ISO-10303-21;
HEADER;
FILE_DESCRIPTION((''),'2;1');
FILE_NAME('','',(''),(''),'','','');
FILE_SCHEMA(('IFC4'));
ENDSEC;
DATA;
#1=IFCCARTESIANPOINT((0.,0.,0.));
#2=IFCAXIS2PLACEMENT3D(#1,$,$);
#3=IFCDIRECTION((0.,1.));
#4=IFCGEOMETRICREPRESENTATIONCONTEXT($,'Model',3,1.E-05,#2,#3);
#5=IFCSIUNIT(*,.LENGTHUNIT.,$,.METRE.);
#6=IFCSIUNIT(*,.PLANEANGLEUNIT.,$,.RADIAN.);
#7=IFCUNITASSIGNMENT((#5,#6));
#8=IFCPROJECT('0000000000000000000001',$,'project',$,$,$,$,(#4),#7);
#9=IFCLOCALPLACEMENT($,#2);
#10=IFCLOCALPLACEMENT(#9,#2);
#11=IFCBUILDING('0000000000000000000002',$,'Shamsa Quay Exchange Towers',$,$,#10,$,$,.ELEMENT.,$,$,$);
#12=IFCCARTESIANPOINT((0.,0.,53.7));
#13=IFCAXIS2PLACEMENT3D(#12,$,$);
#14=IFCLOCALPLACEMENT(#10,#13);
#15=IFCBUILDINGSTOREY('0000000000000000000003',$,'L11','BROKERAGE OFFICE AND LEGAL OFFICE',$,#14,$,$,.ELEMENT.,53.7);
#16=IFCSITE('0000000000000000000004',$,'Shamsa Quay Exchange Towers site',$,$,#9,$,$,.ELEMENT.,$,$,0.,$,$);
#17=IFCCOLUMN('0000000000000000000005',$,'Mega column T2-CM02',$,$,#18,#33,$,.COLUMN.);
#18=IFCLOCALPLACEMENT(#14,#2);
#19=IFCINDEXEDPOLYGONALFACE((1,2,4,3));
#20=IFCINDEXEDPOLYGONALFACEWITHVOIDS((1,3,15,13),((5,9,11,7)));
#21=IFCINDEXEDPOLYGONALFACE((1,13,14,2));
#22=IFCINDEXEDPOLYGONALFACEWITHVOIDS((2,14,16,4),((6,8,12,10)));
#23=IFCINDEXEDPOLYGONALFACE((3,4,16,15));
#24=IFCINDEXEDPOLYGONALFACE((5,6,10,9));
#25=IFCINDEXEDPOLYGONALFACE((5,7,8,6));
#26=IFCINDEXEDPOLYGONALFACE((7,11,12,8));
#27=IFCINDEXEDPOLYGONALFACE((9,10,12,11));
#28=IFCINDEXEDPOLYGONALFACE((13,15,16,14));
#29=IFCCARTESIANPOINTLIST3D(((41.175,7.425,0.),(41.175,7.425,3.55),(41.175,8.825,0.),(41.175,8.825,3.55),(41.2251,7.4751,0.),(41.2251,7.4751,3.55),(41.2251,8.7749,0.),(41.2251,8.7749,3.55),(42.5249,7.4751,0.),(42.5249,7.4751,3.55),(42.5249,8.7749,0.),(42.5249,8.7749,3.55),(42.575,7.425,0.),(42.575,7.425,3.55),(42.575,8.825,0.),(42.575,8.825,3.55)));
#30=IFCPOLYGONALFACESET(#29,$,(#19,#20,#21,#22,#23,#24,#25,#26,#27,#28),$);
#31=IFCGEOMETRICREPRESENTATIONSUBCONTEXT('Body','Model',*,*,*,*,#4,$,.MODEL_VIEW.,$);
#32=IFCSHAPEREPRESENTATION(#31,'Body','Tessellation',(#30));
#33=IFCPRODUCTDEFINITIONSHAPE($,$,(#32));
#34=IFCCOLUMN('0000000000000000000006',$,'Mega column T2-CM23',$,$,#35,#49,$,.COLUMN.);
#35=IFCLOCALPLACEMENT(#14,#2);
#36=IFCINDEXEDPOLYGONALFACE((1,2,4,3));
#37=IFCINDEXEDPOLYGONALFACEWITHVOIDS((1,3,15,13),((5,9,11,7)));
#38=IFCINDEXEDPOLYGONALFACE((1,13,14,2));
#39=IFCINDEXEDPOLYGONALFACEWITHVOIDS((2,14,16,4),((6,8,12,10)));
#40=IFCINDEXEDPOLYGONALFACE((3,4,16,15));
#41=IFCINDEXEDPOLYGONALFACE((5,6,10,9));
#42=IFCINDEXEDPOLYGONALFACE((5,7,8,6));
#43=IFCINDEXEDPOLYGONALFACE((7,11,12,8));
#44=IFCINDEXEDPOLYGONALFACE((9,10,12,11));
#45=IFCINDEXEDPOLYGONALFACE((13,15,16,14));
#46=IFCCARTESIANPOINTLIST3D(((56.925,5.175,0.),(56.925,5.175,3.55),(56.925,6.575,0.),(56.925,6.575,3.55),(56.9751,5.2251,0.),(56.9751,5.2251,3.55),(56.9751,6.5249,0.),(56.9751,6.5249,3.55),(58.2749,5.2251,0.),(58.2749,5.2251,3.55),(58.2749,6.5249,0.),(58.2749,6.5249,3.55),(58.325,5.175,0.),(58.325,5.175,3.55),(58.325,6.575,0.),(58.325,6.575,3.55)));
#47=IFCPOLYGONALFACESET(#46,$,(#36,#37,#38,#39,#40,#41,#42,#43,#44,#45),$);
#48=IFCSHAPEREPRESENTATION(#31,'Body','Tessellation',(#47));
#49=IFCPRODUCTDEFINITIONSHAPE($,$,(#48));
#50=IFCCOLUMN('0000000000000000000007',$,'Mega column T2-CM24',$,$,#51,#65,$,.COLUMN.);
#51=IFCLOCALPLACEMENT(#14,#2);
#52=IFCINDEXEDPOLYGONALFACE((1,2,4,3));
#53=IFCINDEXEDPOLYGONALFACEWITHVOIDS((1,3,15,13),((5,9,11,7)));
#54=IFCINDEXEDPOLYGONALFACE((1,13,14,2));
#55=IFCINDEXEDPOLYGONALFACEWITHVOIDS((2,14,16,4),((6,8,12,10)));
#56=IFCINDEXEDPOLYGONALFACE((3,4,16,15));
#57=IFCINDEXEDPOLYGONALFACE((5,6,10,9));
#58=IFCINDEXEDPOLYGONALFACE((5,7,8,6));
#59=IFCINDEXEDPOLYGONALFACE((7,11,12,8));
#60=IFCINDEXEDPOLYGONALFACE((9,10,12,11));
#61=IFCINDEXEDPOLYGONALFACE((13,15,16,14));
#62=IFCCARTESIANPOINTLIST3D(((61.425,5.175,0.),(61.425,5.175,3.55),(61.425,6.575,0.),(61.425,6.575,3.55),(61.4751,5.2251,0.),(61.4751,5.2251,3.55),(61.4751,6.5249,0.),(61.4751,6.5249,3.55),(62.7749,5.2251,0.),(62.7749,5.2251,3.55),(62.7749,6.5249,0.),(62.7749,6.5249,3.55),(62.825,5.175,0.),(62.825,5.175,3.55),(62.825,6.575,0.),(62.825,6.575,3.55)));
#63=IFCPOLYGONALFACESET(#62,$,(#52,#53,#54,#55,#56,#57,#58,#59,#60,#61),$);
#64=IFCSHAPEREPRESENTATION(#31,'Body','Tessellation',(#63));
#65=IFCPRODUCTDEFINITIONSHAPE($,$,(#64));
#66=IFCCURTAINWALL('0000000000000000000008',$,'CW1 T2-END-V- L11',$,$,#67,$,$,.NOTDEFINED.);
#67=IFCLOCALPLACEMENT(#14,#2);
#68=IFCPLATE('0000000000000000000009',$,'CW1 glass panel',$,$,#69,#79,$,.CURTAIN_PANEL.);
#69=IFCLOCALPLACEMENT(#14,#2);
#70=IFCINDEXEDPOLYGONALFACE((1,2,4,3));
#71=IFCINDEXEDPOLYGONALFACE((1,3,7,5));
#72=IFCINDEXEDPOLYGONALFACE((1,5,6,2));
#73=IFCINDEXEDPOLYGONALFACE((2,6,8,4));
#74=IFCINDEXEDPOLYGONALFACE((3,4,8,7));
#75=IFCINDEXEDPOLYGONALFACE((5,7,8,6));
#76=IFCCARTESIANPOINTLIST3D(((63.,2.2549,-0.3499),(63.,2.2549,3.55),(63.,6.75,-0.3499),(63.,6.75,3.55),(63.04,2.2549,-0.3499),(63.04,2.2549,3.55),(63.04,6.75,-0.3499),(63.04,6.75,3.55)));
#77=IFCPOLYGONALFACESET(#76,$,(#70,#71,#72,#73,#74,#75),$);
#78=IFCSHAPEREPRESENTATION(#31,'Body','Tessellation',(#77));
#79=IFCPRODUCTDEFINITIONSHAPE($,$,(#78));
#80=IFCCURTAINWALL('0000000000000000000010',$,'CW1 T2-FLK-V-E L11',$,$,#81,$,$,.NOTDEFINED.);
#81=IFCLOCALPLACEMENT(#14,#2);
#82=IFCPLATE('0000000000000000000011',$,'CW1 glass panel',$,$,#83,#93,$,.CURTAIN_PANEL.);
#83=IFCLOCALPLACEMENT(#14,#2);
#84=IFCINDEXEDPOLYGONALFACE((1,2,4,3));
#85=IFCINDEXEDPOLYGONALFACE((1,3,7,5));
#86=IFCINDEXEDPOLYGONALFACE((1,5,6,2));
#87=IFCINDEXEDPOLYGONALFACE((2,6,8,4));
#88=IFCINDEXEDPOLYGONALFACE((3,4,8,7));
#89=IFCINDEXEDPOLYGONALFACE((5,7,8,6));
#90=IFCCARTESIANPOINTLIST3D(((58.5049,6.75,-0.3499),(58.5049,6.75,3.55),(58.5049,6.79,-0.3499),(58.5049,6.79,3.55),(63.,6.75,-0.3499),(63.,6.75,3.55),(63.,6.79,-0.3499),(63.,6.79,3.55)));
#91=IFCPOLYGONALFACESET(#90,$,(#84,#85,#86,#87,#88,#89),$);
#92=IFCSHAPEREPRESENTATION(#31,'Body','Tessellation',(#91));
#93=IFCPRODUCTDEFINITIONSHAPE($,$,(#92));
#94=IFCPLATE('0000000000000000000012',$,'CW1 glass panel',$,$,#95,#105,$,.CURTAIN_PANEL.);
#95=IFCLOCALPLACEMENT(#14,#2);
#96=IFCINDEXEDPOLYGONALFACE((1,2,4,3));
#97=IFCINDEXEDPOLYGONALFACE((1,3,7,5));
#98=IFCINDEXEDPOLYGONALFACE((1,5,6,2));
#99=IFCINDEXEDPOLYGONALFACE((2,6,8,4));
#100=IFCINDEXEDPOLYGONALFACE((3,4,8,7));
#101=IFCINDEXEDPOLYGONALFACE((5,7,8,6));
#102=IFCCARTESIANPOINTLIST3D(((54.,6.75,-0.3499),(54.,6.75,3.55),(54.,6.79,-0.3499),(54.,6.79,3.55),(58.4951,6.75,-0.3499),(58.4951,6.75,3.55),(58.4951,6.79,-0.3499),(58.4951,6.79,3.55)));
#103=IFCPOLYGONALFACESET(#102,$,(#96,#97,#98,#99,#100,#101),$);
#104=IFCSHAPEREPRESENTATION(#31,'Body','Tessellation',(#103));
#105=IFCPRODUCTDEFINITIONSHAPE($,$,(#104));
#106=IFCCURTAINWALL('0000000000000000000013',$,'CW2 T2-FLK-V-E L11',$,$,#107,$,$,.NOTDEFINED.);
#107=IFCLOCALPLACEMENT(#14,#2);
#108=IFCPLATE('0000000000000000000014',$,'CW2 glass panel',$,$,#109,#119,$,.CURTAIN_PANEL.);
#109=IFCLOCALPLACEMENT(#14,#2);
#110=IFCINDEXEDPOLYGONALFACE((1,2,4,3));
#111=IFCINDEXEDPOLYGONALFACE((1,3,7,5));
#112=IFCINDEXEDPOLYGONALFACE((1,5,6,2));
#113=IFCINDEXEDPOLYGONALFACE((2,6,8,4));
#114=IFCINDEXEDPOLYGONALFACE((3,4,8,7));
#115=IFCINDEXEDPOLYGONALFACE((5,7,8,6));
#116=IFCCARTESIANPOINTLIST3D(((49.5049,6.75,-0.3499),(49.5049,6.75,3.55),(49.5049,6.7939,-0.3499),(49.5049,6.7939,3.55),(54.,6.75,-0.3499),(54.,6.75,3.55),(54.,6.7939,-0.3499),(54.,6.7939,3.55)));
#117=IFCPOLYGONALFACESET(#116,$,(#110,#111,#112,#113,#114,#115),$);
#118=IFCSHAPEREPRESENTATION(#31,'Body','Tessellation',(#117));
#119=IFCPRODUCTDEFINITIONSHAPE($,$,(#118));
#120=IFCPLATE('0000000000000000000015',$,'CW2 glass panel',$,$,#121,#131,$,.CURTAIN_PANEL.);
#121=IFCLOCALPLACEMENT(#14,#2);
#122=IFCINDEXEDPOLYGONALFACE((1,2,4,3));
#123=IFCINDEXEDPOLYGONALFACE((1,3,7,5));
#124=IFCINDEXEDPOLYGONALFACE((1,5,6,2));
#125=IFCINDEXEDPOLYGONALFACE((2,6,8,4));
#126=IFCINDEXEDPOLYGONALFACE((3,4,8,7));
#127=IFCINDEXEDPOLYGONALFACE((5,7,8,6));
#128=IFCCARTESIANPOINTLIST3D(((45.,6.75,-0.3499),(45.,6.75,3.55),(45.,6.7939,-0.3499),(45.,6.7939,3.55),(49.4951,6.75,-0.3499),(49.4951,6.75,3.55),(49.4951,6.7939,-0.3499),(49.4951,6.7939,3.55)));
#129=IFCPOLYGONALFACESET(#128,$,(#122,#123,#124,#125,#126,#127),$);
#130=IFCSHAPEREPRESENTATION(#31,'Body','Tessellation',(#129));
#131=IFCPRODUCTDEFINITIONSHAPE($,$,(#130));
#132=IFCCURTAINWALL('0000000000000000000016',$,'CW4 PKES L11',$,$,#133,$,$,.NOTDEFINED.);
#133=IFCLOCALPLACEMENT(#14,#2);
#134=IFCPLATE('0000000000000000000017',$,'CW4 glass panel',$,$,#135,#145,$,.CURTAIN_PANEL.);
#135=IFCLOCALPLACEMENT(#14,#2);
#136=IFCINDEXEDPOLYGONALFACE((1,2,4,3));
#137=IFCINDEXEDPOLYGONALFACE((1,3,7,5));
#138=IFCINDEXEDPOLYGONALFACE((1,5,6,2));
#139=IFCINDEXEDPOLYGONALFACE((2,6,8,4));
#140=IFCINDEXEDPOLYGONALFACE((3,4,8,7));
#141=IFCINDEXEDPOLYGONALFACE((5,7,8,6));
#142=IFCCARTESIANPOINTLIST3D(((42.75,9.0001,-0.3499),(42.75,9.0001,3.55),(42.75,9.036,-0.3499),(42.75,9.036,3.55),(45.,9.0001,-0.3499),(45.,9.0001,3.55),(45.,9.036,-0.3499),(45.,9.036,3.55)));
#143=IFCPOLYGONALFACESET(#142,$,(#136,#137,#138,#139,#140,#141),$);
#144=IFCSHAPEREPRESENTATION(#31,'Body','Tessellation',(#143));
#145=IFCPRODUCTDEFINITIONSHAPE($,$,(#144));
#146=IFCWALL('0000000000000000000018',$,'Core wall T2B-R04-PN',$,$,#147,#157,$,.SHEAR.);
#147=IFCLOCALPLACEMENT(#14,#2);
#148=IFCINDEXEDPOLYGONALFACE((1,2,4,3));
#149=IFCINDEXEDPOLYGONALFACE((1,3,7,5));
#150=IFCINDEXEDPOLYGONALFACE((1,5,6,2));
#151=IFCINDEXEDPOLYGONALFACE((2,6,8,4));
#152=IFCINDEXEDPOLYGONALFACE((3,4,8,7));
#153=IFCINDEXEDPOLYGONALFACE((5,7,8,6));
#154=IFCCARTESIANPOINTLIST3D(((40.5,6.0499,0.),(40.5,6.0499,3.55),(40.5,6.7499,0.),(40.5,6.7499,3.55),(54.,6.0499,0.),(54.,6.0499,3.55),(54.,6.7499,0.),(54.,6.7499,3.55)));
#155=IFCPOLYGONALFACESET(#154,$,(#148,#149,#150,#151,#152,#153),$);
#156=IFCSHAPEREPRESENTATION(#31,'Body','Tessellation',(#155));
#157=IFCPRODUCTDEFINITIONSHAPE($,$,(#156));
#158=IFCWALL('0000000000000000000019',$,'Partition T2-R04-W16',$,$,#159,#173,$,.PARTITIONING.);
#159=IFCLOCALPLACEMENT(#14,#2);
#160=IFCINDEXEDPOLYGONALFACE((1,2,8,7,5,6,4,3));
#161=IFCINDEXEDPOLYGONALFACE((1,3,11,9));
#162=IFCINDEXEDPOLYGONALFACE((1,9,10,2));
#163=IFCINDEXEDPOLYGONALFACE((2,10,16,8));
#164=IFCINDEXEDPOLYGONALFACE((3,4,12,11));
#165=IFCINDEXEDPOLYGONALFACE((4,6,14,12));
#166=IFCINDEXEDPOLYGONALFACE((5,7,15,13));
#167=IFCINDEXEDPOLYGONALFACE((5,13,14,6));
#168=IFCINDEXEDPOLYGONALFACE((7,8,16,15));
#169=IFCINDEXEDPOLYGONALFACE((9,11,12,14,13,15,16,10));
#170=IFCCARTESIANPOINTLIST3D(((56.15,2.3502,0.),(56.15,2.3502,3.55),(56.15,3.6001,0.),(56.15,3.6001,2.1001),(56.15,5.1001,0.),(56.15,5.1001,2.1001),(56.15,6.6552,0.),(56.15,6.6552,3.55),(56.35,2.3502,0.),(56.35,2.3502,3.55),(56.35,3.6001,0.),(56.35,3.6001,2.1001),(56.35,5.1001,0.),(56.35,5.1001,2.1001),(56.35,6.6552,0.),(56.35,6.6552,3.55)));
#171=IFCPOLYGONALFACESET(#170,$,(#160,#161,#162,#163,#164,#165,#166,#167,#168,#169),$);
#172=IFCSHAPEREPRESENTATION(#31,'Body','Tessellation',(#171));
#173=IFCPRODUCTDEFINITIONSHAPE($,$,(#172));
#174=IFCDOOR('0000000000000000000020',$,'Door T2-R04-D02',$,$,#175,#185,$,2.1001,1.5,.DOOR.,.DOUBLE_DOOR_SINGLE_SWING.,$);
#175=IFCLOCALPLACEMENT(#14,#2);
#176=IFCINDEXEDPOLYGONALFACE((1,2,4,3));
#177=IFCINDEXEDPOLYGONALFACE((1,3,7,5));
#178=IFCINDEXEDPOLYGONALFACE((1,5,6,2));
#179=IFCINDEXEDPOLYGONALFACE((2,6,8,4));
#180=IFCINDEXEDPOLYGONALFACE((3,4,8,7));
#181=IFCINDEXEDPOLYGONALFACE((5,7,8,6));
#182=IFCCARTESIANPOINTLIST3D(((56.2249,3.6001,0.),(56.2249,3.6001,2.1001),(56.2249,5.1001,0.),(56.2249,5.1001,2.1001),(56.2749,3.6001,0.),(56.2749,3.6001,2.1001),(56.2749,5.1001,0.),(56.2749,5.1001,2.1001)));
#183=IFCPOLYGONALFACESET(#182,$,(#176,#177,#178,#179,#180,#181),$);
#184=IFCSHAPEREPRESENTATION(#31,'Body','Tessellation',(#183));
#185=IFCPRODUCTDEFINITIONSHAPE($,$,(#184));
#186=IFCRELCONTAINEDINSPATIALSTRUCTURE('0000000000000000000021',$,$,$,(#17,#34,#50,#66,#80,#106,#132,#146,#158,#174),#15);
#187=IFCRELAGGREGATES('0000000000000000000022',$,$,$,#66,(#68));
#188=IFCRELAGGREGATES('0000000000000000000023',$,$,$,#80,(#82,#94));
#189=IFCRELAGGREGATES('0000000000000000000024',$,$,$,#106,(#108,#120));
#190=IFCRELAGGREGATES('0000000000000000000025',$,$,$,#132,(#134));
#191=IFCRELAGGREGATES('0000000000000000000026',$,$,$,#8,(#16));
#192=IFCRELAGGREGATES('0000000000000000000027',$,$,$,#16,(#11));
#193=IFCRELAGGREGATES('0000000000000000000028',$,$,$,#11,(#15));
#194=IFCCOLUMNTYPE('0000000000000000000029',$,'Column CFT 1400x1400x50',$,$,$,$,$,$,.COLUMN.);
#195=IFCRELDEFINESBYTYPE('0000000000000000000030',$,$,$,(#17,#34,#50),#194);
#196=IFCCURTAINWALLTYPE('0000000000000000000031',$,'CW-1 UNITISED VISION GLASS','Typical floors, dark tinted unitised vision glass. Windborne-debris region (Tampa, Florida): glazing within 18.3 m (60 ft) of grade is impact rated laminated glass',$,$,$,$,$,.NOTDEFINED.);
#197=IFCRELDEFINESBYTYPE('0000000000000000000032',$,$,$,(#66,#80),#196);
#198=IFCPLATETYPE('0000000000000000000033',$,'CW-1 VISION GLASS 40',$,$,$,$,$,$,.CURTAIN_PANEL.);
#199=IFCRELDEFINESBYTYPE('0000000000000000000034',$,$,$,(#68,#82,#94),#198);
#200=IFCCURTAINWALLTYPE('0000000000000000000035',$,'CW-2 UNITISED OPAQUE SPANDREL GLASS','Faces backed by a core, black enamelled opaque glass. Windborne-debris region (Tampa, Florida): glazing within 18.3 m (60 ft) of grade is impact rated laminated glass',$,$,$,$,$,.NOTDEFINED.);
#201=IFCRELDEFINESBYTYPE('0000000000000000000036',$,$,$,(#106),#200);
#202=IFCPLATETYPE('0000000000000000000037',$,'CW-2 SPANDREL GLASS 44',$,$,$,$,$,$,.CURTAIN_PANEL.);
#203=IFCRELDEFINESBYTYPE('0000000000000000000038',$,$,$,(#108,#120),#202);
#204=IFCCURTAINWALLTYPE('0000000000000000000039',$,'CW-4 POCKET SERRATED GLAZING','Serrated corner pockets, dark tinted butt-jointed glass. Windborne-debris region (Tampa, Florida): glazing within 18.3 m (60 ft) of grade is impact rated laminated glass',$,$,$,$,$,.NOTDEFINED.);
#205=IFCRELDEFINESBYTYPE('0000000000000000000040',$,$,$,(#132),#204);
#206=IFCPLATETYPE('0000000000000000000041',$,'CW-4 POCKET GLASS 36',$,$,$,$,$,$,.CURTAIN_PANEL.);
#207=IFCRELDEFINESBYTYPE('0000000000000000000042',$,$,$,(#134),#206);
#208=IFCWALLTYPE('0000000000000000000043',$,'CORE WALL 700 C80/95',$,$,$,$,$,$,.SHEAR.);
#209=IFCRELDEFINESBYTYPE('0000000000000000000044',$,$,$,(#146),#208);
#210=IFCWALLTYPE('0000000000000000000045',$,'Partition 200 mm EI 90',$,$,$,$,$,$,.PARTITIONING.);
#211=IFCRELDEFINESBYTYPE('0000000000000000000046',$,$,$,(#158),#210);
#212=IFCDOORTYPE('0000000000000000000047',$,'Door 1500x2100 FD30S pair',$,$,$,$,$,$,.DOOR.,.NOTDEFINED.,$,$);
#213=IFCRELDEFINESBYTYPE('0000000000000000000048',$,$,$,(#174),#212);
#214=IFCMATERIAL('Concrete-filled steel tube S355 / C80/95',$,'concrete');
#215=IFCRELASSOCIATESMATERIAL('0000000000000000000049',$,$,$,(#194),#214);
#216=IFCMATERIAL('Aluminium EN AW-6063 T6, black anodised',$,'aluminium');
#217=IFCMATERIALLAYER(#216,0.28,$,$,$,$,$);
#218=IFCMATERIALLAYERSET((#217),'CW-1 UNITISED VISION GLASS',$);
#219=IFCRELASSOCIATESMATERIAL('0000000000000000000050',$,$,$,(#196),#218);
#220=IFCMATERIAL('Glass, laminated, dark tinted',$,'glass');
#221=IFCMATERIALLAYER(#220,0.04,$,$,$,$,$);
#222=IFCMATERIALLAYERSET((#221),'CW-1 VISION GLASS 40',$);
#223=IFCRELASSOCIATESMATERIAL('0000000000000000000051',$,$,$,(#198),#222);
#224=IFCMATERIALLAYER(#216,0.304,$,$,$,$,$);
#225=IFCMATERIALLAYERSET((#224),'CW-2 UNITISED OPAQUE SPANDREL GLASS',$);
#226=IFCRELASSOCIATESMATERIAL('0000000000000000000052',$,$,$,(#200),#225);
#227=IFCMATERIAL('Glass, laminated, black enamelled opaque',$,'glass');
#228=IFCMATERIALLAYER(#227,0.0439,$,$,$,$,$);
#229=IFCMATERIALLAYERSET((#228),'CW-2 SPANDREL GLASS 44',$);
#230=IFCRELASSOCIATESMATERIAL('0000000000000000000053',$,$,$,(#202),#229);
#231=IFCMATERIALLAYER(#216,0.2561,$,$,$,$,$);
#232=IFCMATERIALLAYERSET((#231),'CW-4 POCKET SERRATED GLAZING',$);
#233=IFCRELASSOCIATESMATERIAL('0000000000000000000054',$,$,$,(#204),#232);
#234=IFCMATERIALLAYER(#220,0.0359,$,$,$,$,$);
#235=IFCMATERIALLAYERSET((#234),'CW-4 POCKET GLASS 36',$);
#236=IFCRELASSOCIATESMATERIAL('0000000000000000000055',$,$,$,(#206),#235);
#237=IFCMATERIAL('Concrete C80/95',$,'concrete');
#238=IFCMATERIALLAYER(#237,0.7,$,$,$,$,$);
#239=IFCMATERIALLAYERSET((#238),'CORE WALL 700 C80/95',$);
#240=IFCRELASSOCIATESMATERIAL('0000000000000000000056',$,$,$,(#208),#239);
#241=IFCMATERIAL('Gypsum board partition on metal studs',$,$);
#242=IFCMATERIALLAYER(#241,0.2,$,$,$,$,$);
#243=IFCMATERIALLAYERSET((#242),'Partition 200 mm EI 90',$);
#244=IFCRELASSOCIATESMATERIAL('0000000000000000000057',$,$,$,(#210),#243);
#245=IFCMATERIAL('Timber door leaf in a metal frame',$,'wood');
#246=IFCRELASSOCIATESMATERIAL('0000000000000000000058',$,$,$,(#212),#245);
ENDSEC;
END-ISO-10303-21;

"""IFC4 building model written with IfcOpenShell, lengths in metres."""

from ifc_helpers import new_model, si_unit, direction, frame, frame_2d, origin, origin_2d, place, context, subcontext, project, spatial, rectangle, hollow_rectangle, extrude, material, layer, layer_set, material_profile, profile_set, type_object, element, fill, aggregate, save


model = new_model("IFC4")

# Units and contexts
model_context = context("Model", 3, precision=1e-05, world=origin(), true_north=direction((0.0, 1.0)))
body_context = subcontext(model_context, "Body", "Model", "MODEL_VIEW")
ifc_project = project(units=[si_unit("LENGTHUNIT", "METRE"), si_unit("PLANEANGLEUNIT", "RADIAN")], contexts=[model_context])

# Site, building, storey
site_placement = place(None, origin())
site = spatial("IfcSite", under=ifc_project, at=site_placement, Name="Shamsa Quay Exchange Towers site", CompositionType="ELEMENT", RefElevation=0.0)
building_placement = place(site_placement, origin())
building = spatial("IfcBuilding", under=site, at=building_placement, Name="Shamsa Quay Exchange Towers", CompositionType="ELEMENT")
storey_placement = place(building_placement, frame((0.0, 0.0, 53.7)))
storey = spatial("IfcBuildingStorey", under=building, at=storey_placement, Name="L11", Description="BROKERAGE OFFICE AND LEGAL OFFICE", CompositionType="ELEMENT", Elevation=53.7)

# Columns
ifc_material_1 = material(Name="Concrete-filled steel tube S355 / C80/95", Category="concrete")
ifc_material_profile = material_profile(ifc_material_1, hollow_rectangle(XDim=1.3999, YDim=1.3999, WallThickness=0.05, at=origin_2d()), Name="CFT 1400x1400x50")
ifc_profile_set = profile_set([ifc_material_profile], Name="Concrete-filled steel tube S355 / C80/95")
column_type = type_object("IfcColumnType", Name="Column CFT 1400x1400x50", PredefinedType="COLUMN", material=ifc_profile_set)
for number, where, name in (
    (1, (41.875, 8.125, 0.0), "Mega column T2-CM02"),
    (2, (57.625, 5.875, 0.0), "Mega column T2-CM23"),
    (3, (62.125, 5.875, 0.0), "Mega column T2-CM24"),
):
    element("IfcColumn", number, at=place(storey_placement, frame(where)), inside=storey, type_object=column_type, Name=name, PredefinedType="COLUMN", context=body_context, shape_type="SweptSolid", body=[
        extrude(hollow_rectangle(XDim=1.3999, YDim=1.3999, WallThickness=0.05, at=origin_2d()), origin(), (0.0, 0.0, 1.0), 3.55),
    ])

# Curtain wall, plate
ifc_material_2 = material(Name="Aluminium EN AW-6063 T6, black anodised", Category="aluminium")
ifc_layer_1 = layer(ifc_material_2, 0.28)
ifc_layer_set_1 = layer_set([ifc_layer_1], Name="CW-1 UNITISED VISION GLASS")
curtain_wall_type_1 = type_object("IfcCurtainWallType", Name="CW-1 UNITISED VISION GLASS", Description="Typical floors, dark tinted unitised vision glass. Windborne-debris region (Tampa, Florida): glazing within 18.3 m (60 ft) of grade is impact rated laminated glass", PredefinedType="NOTDEFINED", material=ifc_layer_set_1)
curtain_wall_1_placement = place(storey_placement, origin())
curtain_wall_1 = element("IfcCurtainWall", 4, at=curtain_wall_1_placement, inside=storey, type_object=curtain_wall_type_1, Name="CW1 T2-END-V- L11", PredefinedType="NOTDEFINED")
ifc_material_3 = material(Name="Glass, laminated, dark tinted", Category="glass")
ifc_layer_2 = layer(ifc_material_3, 0.04)
ifc_layer_set_2 = layer_set([ifc_layer_2], Name="CW-1 VISION GLASS 40")
plate_type_1 = type_object("IfcPlateType", Name="CW-1 VISION GLASS 40", PredefinedType="CURTAIN_PANEL", material=ifc_layer_set_2)
plate_1_placement = place(storey_placement, frame((63.02, 4.5024, -0.3499), z_axis=(0.0, 0.0, 1.0), x_axis=(0.0, 1.0, 0.0)))
plate_1 = element("IfcPlate", 5, at=plate_1_placement, type_object=plate_type_1, Name="CW1 glass panel", PredefinedType="CURTAIN_PANEL", context=body_context, shape_type="SweptSolid", body=[
    extrude(rectangle(XDim=4.4951, YDim=0.04, at=origin_2d()), origin(), (0.0, 0.0, 1.0), 3.8999),
])
aggregate(curtain_wall_1, [plate_1])

# Curtain walls, plates
curtain_wall_2_placement = place(storey_placement, origin())
curtain_wall_2 = element("IfcCurtainWall", 6, at=curtain_wall_2_placement, inside=storey, type_object=curtain_wall_type_1, Name="CW1 T2-FLK-V-E L11", PredefinedType="NOTDEFINED")
plate_2_placement = place(storey_placement, frame((60.7524, 6.77, -0.3499), z_axis=(0.0, 0.0, 1.0), x_axis=(-1.0, 0.0, 0.0)))
plate_2 = element("IfcPlate", 7, at=plate_2_placement, type_object=plate_type_1, Name="CW1 glass panel", PredefinedType="CURTAIN_PANEL", context=body_context, shape_type="SweptSolid", body=[
    extrude(rectangle(XDim=4.4951, YDim=0.04, at=origin_2d()), origin(), (0.0, 0.0, 1.0), 3.8999),
])
plate_3_placement = place(storey_placement, frame((56.2476, 6.77, -0.3499), z_axis=(0.0, 0.0, 1.0), x_axis=(-1.0, 0.0, 0.0)))
plate_3 = element("IfcPlate", 8, at=plate_3_placement, type_object=plate_type_1, Name="CW1 glass panel", PredefinedType="CURTAIN_PANEL", context=body_context, shape_type="SweptSolid", body=[
    extrude(rectangle(XDim=4.4951, YDim=0.04, at=origin_2d()), origin(), (0.0, 0.0, 1.0), 3.8999),
])
aggregate(curtain_wall_2, [plate_2, plate_3])
ifc_layer_3 = layer(ifc_material_2, 0.304)
ifc_layer_set_3 = layer_set([ifc_layer_3], Name="CW-2 UNITISED OPAQUE SPANDREL GLASS")
curtain_wall_type_2 = type_object("IfcCurtainWallType", Name="CW-2 UNITISED OPAQUE SPANDREL GLASS", Description="Faces backed by a core, black enamelled opaque glass. Windborne-debris region (Tampa, Florida): glazing within 18.3 m (60 ft) of grade is impact rated laminated glass", PredefinedType="NOTDEFINED", material=ifc_layer_set_3)
curtain_wall_3_placement = place(storey_placement, origin())
curtain_wall_3 = element("IfcCurtainWall", 9, at=curtain_wall_3_placement, inside=storey, type_object=curtain_wall_type_2, Name="CW2 T2-FLK-V-E L11", PredefinedType="NOTDEFINED")
ifc_material_4 = material(Name="Glass, laminated, black enamelled opaque", Category="glass")
ifc_layer_4 = layer(ifc_material_4, 0.0439)
ifc_layer_set_4 = layer_set([ifc_layer_4], Name="CW-2 SPANDREL GLASS 44")
plate_type_2 = type_object("IfcPlateType", Name="CW-2 SPANDREL GLASS 44", PredefinedType="CURTAIN_PANEL", material=ifc_layer_set_4)
plate_4_placement = place(storey_placement, frame((51.7524, 6.772, -0.3499), z_axis=(0.0, 0.0, 1.0), x_axis=(-1.0, 0.0, 0.0)))
plate_4 = element("IfcPlate", 10, at=plate_4_placement, type_object=plate_type_2, Name="CW2 glass panel", PredefinedType="CURTAIN_PANEL", context=body_context, shape_type="SweptSolid", body=[
    extrude(rectangle(XDim=4.4951, YDim=0.0439, at=origin_2d()), origin(), (0.0, 0.0, 1.0), 3.8999),
])
plate_5_placement = place(storey_placement, frame((47.2476, 6.772, -0.3499), z_axis=(0.0, 0.0, 1.0), x_axis=(-1.0, 0.0, 0.0)))
plate_5 = element("IfcPlate", 11, at=plate_5_placement, type_object=plate_type_2, Name="CW2 glass panel", PredefinedType="CURTAIN_PANEL", context=body_context, shape_type="SweptSolid", body=[
    extrude(rectangle(XDim=4.4951, YDim=0.0439, at=origin_2d()), origin(), (0.0, 0.0, 1.0), 3.8999),
])
aggregate(curtain_wall_3, [plate_4, plate_5])

# Curtain wall, plate
ifc_layer_5 = layer(ifc_material_2, 0.2561)
ifc_layer_set_5 = layer_set([ifc_layer_5], Name="CW-4 POCKET SERRATED GLAZING")
curtain_wall_type_3 = type_object("IfcCurtainWallType", Name="CW-4 POCKET SERRATED GLAZING", Description="Serrated corner pockets, dark tinted butt-jointed glass. Windborne-debris region (Tampa, Florida): glazing within 18.3 m (60 ft) of grade is impact rated laminated glass", PredefinedType="NOTDEFINED", material=ifc_layer_set_5)
curtain_wall_4_placement = place(storey_placement, origin())
curtain_wall_4 = element("IfcCurtainWall", 12, at=curtain_wall_4_placement, inside=storey, type_object=curtain_wall_type_3, Name="CW4 PKES L11", PredefinedType="NOTDEFINED")
ifc_layer_6 = layer(ifc_material_3, 0.0359)
ifc_layer_set_6 = layer_set([ifc_layer_6], Name="CW-4 POCKET GLASS 36")
plate_type_3 = type_object("IfcPlateType", Name="CW-4 POCKET GLASS 36", PredefinedType="CURTAIN_PANEL", material=ifc_layer_set_6)
plate_6_placement = place(storey_placement, frame((43.875, 9.0181, -0.3499), z_axis=(0.0, 0.0, 1.0), x_axis=(-1.0, 0.0, 0.0)))
plate_6 = element("IfcPlate", 13, at=plate_6_placement, type_object=plate_type_3, Name="CW4 glass panel", PredefinedType="CURTAIN_PANEL", context=body_context, shape_type="SweptSolid", body=[
    extrude(rectangle(XDim=2.25, YDim=0.0359, at=origin_2d()), origin(), (0.0, 0.0, 1.0), 3.8999),
])
aggregate(curtain_wall_4, [plate_6])

# Wall
ifc_material_5 = material(Name="Concrete C80/95", Category="concrete")
ifc_layer_7 = layer(ifc_material_5, 0.7)
ifc_layer_set_7 = layer_set([ifc_layer_7], Name="CORE WALL 700 C80/95")
wall_type_1 = type_object("IfcWallType", Name="CORE WALL 700 C80/95", PredefinedType="SHEAR", material=ifc_layer_set_7)
wall_1_placement = place(storey_placement, frame((54.0, 6.3999, 0.0), z_axis=(0.0, 0.0, 1.0), x_axis=(-1.0, 0.0, 0.0)))
element("IfcWall", 14, at=wall_1_placement, inside=storey, type_object=wall_type_1, Name="Core wall T2B-R04-PN", PredefinedType="SHEAR", context=body_context, shape_type="SweptSolid", body=[
    extrude(rectangle(XDim=13.5, YDim=0.7, at=frame_2d((6.75, 0.0))), origin(), (0.0, 0.0, 1.0), 3.55),
])

# Wall, opening, door
ifc_material_6 = material(Name="Gypsum board partition on metal studs")
ifc_layer_8 = layer(ifc_material_6, 0.2)
ifc_layer_set_8 = layer_set([ifc_layer_8], Name="Partition 200 mm EI 90")
wall_type_2 = type_object("IfcWallType", Name="Partition 200 mm EI 90", PredefinedType="PARTITIONING", material=ifc_layer_set_8)
wall_2_placement = place(storey_placement, frame((56.25, 6.655, 0.0), z_axis=(0.0, 0.0, 1.0), x_axis=(0.0, -1.0, 0.0)))
wall_2 = element("IfcWall", 15, at=wall_2_placement, inside=storey, type_object=wall_type_2, Name="Partition T2-R04-W16", PredefinedType="PARTITIONING", context=body_context, shape_type="SweptSolid", body=[
    extrude(rectangle(XDim=4.3049, YDim=0.2, at=frame_2d((2.1523, 0.0))), origin(), (0.0, 0.0, 1.0), 3.55),
])
opening_1_placement = place(wall_2_placement, frame((1.5549, 0.0, 0.0)))
opening_1 = element("IfcOpeningElement", 16, at=opening_1_placement, cuts=wall_2, PredefinedType="OPENING", context=body_context, shape_type="SweptSolid", body=[
    extrude(rectangle(XDim=1.5, YDim=2.1001, at=frame_2d((0.75, 1.05))), frame((0.0, 0.1099, 0.0), z_axis=(0.0, -1.0, 0.0), x_axis=(1.0, 0.0, 0.0)), (0.0, 0.0, 1.0), 0.22),
])
ifc_material_7 = material(Name="Timber door leaf in a metal frame", Category="wood")
door_type_1 = type_object("IfcDoorType", Name="Door 1500x2100 FD30S pair", OperationType="NOTDEFINED", PredefinedType="DOOR", material=ifc_material_7)
door_1_placement = place(opening_1_placement, origin())
door_1 = element("IfcDoor", 17, at=door_1_placement, inside=storey, type_object=door_type_1, Name="Door T2-R04-D02", OperationType="DOUBLE_DOOR_SINGLE_SWING", OverallHeight=2.1001, OverallWidth=1.5, PredefinedType="DOOR", context=body_context, shape_type="SweptSolid", body=[
    extrude(rectangle(XDim=1.5, YDim=2.1001, at=frame_2d((0.75, 1.05))), frame((0.0, 0.0249, 0.0), z_axis=(0.0, -1.0, 0.0), x_axis=(1.0, 0.0, 0.0)), (0.0, 0.0, 1.0), 0.05),
])
fill(opening_1, door_1)

save(model, "model.ifc")
